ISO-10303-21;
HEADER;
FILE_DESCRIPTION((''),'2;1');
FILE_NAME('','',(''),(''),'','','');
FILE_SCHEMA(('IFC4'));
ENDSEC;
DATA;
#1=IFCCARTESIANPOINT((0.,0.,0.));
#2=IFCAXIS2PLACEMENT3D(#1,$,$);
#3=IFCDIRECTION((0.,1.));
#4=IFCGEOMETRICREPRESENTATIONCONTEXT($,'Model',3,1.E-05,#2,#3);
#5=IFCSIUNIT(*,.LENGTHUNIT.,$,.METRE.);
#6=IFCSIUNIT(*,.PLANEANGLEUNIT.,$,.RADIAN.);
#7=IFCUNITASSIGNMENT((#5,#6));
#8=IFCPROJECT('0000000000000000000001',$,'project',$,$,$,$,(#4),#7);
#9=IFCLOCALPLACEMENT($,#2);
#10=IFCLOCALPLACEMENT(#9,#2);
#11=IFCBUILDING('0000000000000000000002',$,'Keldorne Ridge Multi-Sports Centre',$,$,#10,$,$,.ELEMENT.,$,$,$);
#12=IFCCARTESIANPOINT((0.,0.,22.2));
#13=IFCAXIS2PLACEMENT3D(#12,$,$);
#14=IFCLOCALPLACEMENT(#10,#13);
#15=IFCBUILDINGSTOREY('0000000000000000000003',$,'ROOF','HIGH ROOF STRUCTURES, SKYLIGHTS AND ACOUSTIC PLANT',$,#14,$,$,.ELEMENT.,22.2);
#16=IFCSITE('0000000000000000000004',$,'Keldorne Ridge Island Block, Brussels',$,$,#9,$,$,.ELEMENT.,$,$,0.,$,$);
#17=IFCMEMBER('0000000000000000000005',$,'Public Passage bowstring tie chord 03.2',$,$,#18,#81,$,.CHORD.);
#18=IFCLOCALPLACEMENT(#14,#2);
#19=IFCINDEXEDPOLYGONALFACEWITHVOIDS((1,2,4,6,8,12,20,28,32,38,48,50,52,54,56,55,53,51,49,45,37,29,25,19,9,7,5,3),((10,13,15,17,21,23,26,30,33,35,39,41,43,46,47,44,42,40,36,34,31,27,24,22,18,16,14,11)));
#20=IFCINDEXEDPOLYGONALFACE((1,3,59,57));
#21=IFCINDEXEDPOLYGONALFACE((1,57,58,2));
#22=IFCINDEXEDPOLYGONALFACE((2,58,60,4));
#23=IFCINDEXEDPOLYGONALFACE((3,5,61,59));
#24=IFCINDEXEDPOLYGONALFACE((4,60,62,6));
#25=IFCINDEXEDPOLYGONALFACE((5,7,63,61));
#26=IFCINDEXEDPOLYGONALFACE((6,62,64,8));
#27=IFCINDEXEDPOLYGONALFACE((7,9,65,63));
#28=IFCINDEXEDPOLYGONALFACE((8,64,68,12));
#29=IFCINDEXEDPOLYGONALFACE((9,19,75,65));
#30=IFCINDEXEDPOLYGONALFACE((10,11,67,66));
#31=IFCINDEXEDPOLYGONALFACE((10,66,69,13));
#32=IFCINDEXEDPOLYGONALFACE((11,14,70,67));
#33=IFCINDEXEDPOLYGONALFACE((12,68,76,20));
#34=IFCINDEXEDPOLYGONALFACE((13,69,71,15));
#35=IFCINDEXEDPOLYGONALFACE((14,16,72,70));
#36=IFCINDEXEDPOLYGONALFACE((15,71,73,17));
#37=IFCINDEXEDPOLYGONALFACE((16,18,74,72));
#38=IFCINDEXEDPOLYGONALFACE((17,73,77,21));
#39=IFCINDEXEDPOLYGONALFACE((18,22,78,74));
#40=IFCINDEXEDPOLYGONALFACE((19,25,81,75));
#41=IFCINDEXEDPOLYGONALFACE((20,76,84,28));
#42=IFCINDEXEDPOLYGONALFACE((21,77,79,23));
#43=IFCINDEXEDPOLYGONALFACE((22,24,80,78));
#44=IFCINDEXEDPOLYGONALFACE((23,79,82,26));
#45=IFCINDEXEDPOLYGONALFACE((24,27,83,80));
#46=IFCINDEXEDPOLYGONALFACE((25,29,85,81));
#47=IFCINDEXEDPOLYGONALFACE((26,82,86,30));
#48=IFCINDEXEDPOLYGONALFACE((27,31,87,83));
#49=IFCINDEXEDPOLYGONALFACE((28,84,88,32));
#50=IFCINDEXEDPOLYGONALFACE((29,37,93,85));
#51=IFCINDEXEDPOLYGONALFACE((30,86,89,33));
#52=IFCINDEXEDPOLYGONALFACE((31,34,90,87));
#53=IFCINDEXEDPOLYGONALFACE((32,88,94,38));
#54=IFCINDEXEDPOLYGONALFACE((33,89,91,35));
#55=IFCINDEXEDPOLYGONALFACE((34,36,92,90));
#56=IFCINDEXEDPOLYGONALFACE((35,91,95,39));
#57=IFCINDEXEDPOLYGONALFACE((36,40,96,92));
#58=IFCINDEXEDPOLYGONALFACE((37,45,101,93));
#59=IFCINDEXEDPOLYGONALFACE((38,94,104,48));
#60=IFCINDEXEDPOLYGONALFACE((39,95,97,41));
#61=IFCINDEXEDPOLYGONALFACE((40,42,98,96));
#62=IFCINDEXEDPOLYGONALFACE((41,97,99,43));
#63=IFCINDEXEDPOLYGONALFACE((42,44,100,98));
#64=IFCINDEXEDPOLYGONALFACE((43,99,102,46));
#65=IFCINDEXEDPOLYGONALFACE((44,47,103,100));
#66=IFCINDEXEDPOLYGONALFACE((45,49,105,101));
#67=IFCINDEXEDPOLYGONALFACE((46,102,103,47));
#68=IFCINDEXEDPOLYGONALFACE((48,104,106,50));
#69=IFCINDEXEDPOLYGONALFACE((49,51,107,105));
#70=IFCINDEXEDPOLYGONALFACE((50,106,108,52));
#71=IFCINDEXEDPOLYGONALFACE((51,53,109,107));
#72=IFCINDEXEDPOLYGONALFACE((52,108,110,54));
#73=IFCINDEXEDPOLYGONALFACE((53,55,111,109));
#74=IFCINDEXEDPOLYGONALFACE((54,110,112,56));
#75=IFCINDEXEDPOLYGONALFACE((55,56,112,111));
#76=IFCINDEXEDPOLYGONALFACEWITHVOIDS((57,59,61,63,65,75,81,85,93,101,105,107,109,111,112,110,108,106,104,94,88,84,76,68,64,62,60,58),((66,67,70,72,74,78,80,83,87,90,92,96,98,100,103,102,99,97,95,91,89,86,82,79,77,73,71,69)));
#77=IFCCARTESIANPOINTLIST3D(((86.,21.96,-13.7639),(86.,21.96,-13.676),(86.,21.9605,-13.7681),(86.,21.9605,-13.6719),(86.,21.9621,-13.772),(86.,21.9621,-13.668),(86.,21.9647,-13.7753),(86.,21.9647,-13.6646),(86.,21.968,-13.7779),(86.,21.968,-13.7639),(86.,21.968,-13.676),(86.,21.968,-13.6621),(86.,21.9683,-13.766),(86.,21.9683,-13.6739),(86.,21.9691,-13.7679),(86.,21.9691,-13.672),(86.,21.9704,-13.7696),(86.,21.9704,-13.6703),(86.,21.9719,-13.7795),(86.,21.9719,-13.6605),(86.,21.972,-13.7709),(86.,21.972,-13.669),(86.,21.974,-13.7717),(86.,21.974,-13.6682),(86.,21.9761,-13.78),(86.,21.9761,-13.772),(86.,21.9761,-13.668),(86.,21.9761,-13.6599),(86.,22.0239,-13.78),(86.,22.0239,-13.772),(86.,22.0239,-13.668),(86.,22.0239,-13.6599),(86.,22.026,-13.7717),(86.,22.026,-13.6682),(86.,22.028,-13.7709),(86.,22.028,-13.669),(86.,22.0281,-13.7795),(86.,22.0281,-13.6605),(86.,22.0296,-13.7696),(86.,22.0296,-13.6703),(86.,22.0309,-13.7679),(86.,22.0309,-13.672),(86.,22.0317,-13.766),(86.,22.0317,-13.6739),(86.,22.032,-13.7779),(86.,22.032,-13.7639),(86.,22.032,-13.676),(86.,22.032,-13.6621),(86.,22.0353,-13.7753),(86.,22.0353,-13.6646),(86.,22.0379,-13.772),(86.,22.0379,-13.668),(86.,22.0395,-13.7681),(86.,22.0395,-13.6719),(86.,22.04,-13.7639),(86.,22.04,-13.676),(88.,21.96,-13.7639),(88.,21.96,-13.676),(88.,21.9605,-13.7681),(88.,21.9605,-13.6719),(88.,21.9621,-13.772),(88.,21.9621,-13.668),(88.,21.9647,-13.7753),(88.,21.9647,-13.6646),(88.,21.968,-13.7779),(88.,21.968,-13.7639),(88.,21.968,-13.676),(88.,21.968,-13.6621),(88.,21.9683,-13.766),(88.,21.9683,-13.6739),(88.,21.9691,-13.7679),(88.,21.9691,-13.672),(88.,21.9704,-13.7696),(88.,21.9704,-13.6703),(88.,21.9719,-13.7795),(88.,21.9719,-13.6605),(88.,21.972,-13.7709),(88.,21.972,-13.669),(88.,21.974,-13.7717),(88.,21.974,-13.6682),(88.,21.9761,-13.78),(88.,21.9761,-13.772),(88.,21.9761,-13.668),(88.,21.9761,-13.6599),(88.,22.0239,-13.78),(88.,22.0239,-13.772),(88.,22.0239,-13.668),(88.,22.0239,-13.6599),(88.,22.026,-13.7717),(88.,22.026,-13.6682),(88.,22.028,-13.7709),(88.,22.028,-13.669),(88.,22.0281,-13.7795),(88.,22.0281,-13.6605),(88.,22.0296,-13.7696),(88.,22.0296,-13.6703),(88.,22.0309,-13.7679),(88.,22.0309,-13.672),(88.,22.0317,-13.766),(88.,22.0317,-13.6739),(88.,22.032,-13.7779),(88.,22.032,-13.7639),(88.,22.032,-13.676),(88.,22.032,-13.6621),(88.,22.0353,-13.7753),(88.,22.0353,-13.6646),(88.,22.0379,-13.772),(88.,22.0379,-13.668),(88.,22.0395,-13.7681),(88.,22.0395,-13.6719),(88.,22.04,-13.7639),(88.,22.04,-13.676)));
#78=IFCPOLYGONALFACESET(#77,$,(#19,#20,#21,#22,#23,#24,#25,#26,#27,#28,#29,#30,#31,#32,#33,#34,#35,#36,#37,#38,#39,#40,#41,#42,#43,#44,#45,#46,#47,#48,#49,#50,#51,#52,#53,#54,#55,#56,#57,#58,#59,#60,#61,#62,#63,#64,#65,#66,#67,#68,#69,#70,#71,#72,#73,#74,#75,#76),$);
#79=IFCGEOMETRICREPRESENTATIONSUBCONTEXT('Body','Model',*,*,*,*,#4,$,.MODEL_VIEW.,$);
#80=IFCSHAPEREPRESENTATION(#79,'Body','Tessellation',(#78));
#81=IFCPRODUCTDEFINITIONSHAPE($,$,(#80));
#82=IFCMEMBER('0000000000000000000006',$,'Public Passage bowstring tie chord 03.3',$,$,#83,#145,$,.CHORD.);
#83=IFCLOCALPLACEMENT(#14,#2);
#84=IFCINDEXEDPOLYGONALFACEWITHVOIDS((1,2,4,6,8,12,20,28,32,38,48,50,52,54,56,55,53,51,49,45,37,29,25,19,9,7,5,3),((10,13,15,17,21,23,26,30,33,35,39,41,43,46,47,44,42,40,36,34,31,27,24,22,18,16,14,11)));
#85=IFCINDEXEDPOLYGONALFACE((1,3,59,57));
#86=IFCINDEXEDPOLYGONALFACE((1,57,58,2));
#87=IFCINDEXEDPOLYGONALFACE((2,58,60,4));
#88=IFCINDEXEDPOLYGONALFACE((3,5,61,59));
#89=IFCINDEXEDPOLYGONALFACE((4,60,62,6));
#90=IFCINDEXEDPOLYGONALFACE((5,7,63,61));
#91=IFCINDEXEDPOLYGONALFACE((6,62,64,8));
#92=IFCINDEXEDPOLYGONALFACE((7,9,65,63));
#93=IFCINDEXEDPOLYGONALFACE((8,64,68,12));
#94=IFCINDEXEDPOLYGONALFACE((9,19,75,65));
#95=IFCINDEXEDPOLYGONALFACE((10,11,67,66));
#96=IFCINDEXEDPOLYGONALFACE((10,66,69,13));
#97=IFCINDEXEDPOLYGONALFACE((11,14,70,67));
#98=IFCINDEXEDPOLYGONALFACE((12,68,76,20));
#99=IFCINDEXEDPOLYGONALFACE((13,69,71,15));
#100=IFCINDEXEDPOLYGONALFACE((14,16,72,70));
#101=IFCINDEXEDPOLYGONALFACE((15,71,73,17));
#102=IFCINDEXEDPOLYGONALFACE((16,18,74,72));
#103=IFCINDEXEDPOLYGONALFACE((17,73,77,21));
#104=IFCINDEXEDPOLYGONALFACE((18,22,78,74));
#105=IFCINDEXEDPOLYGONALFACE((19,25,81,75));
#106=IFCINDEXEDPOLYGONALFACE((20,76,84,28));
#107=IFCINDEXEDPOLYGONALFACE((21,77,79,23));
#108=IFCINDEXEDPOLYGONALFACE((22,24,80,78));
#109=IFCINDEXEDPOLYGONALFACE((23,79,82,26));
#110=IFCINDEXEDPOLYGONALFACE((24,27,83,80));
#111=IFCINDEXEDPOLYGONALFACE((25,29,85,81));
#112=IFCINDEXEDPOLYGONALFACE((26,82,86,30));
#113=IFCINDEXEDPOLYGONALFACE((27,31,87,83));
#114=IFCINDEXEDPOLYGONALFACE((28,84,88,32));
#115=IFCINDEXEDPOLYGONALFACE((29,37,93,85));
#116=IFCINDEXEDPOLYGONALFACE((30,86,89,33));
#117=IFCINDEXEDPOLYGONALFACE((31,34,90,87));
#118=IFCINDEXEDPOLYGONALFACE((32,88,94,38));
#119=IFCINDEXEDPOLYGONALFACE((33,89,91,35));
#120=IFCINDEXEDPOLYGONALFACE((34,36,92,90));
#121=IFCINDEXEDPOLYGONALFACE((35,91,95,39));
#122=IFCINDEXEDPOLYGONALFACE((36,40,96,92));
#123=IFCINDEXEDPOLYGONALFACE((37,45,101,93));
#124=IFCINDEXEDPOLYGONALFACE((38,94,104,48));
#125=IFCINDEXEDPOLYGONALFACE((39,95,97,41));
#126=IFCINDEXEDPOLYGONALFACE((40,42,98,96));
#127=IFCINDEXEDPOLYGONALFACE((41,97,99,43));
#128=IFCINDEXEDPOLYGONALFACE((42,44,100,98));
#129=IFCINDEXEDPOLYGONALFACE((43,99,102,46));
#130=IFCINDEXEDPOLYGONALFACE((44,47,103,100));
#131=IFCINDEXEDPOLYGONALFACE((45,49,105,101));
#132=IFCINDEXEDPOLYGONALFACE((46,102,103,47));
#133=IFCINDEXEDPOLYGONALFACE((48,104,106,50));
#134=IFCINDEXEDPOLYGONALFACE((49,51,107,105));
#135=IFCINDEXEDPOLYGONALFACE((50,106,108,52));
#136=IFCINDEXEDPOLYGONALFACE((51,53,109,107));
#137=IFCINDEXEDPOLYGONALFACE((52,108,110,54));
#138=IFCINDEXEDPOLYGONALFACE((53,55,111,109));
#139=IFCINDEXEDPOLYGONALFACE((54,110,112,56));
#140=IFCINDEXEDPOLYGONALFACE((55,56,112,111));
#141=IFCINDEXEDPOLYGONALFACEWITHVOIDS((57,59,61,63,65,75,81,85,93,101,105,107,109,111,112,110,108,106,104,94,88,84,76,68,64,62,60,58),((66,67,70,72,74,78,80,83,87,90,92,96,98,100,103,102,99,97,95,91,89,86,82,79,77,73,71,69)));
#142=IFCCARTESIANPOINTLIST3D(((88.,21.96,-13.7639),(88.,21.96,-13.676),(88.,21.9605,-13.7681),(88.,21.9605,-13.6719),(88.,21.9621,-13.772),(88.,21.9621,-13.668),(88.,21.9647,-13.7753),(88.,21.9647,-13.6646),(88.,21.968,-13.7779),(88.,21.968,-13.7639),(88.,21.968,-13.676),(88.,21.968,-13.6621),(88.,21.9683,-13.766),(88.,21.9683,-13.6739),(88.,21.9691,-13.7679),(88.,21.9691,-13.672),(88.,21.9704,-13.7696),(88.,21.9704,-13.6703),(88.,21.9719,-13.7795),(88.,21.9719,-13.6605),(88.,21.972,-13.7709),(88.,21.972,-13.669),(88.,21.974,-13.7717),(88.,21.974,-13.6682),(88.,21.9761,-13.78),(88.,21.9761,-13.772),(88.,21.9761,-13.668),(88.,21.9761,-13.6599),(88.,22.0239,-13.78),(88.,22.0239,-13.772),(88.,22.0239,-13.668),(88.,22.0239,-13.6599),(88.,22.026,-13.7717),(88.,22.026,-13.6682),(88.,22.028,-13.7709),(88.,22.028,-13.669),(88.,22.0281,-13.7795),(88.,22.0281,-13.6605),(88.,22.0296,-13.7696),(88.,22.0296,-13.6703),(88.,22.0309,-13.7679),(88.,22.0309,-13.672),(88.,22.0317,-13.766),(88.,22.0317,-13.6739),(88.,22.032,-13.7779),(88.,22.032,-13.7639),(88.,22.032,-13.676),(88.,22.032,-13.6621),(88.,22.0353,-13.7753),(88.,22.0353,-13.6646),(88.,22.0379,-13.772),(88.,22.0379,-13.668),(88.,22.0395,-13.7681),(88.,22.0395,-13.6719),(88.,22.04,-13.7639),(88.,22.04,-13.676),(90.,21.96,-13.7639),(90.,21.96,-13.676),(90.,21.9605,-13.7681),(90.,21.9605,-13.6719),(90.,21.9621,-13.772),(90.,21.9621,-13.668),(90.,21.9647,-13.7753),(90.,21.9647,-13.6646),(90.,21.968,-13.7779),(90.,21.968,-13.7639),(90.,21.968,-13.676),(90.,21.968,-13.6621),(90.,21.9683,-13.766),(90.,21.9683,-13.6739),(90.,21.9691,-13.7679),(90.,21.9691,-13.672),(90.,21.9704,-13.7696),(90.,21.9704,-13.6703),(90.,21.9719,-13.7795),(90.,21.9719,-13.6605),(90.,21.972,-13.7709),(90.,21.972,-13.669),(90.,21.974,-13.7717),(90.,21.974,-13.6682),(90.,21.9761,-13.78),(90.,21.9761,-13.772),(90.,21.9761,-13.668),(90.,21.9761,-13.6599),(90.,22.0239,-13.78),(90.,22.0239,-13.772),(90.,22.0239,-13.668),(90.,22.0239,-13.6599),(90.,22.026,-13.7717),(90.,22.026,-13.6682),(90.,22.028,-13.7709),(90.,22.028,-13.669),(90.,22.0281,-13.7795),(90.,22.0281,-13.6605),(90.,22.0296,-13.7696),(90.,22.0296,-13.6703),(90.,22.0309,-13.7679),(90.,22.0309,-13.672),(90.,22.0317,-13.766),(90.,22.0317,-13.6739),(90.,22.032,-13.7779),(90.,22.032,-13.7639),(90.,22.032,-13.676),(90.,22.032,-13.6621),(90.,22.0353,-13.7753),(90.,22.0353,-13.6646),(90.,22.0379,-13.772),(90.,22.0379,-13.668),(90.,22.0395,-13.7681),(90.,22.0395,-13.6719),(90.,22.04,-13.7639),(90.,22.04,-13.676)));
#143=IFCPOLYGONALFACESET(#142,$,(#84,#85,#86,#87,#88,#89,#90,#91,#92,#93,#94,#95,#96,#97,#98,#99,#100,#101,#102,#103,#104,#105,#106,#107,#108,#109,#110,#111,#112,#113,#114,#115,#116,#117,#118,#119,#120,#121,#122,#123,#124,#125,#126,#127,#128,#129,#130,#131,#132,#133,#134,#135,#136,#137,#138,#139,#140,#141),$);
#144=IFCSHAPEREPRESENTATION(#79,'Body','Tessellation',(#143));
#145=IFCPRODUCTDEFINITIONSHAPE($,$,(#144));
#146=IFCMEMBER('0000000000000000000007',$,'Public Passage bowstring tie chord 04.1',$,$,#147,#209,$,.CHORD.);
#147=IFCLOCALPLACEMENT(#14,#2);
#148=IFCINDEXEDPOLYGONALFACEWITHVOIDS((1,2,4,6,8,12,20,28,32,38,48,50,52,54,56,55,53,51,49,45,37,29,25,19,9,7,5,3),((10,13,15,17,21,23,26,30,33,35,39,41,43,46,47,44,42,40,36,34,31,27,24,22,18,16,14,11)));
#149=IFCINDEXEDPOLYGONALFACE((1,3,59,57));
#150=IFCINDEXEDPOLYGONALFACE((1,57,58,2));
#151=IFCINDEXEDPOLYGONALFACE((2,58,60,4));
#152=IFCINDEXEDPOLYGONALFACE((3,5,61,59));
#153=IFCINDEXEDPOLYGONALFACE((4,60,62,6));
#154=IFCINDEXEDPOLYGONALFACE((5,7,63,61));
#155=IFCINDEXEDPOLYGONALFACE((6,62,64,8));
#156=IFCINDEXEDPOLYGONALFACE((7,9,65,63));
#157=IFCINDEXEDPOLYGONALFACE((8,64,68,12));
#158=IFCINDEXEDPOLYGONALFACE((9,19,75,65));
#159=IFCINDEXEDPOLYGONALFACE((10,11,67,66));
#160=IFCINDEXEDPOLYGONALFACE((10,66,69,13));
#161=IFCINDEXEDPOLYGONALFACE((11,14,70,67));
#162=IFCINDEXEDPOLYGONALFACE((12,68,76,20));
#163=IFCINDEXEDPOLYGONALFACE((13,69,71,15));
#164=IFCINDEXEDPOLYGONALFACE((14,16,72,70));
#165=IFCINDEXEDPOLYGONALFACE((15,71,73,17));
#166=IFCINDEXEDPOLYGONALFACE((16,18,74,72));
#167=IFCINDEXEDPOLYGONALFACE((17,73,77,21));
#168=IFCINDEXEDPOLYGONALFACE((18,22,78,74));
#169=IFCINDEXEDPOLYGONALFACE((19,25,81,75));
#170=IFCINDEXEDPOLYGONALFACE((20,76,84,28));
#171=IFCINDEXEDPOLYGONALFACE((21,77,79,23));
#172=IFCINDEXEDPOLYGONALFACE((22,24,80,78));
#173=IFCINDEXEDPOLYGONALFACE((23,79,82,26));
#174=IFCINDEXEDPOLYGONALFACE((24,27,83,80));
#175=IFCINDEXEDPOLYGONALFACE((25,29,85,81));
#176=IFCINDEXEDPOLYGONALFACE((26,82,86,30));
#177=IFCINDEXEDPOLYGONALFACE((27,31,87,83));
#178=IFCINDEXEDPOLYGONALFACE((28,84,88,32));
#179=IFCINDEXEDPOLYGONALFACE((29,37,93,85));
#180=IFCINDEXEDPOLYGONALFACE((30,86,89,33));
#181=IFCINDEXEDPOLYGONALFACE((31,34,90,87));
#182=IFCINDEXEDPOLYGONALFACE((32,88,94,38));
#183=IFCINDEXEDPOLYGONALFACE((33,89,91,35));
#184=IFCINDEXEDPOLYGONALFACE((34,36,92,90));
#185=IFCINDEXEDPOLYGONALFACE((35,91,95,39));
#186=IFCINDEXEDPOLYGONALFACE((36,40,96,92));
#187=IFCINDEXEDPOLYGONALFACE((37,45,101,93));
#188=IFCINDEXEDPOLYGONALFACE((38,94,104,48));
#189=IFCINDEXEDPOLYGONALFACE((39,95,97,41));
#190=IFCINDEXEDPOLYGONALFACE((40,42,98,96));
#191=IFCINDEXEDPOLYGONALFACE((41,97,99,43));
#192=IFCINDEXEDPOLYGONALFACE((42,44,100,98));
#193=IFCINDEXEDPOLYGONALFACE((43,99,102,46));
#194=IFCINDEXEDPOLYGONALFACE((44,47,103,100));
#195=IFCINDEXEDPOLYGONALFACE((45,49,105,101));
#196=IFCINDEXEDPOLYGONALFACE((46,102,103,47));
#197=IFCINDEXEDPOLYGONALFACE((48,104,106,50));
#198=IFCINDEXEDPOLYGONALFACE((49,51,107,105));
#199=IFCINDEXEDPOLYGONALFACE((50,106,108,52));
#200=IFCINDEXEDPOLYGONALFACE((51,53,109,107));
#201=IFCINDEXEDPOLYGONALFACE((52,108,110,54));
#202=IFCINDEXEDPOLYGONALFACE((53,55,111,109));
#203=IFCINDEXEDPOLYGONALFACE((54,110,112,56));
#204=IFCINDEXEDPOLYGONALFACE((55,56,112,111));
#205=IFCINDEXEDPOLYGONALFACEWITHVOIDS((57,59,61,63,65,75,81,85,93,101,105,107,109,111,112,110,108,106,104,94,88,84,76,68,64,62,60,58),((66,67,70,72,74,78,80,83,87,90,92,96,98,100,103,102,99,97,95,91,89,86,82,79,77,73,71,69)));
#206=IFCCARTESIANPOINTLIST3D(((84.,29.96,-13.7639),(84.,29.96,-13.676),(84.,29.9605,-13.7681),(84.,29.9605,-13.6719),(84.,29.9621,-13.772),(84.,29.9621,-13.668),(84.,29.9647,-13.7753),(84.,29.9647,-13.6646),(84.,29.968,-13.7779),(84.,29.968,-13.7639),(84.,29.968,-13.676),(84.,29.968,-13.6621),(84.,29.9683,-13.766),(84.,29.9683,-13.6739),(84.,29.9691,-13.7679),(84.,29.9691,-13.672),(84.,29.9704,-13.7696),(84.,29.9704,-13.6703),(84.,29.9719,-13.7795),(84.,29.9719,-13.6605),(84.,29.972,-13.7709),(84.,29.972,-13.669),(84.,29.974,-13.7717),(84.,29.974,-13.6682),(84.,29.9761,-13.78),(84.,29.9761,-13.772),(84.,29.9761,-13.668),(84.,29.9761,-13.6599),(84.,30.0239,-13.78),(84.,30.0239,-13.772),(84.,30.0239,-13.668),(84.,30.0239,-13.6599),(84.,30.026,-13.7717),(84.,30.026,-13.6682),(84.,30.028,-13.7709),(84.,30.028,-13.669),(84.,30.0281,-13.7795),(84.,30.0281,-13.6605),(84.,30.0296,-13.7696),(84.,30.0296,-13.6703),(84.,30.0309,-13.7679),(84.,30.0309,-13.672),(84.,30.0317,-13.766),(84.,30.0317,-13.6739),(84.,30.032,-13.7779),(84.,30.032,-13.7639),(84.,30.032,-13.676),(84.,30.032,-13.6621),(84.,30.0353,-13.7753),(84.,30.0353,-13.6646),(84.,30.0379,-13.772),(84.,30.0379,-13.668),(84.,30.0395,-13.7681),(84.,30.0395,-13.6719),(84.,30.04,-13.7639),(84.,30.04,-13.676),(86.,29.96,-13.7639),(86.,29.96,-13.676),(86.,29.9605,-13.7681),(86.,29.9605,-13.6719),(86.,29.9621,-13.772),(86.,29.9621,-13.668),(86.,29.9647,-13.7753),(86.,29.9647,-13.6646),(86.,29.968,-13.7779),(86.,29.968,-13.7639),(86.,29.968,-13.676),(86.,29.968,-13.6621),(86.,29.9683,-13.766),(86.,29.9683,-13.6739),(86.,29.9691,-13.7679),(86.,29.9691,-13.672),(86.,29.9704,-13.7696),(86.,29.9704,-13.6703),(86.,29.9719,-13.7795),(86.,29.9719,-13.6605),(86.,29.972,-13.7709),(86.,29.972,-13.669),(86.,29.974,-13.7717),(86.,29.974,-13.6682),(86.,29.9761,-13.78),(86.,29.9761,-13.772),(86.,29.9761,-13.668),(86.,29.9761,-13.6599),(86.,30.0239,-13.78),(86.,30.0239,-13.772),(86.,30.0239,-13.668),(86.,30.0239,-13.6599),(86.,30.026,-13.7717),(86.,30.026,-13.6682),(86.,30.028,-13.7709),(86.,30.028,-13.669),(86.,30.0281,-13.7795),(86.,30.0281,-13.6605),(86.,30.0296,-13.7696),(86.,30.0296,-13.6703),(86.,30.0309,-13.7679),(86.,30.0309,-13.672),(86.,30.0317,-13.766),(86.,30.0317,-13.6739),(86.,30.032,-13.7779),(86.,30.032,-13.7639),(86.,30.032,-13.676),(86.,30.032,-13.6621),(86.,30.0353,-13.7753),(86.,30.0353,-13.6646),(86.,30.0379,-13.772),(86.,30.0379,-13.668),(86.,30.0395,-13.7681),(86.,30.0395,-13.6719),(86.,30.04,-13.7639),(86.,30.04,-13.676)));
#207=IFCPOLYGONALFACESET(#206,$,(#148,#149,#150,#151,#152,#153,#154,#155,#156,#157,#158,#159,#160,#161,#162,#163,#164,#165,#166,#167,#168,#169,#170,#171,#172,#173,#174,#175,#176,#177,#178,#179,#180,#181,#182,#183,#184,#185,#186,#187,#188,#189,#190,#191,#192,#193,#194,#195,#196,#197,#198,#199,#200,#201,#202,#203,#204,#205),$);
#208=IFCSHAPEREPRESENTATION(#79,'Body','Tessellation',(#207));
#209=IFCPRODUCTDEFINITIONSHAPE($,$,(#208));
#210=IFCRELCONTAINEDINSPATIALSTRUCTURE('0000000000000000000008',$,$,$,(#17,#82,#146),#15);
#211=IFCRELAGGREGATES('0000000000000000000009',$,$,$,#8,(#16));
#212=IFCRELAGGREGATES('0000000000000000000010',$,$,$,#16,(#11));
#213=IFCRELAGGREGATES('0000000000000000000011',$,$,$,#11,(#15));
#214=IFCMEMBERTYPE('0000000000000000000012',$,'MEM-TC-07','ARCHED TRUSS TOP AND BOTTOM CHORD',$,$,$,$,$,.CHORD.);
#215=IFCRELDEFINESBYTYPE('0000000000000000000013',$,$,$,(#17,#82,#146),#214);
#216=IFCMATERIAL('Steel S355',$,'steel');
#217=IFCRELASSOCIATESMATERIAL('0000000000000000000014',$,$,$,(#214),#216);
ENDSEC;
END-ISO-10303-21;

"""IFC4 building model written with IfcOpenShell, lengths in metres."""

from ifc_helpers import new_model, si_unit, direction, frame, origin, origin_2d, place, context, subcontext, project, spatial, hollow_rectangle, extrude, material, material_profile, profile_set, type_object, element, save


model = new_model("IFC4")

# Units and contexts
model_context = context("Model", 3, precision=1e-05, world=origin(), true_north=direction((0.0, 1.0)))
body_context = subcontext(model_context, "Body", "Model", "MODEL_VIEW")
ifc_project = project(units=[si_unit("LENGTHUNIT", "METRE"), si_unit("PLANEANGLEUNIT", "RADIAN")], contexts=[model_context])

# Site, building, storey
site_placement = place(None, origin())
site = spatial("IfcSite", under=ifc_project, at=site_placement, Name="Keldorne Ridge Island Block, Brussels", CompositionType="ELEMENT", RefElevation=0.0)
building_placement = place(site_placement, origin())
building = spatial("IfcBuilding", under=site, at=building_placement, Name="Keldorne Ridge Multi-Sports Centre", CompositionType="ELEMENT")
storey_placement = place(building_placement, frame((0.0, 0.0, 22.2)))
storey = spatial("IfcBuildingStorey", under=building, at=storey_placement, Name="ROOF", Description="HIGH ROOF STRUCTURES, SKYLIGHTS AND ACOUSTIC PLANT", CompositionType="ELEMENT", Elevation=22.2)

# Members
ifc_material = material(Name="Steel S355", Category="steel")
ifc_material_profile_1 = material_profile(ifc_material, hollow_rectangle(XDim=0.0801, YDim=0.1201, WallThickness=0.0081, InnerFilletRadius=0.0081, OuterFilletRadius=0.0161, at=origin_2d()), Name="RHS 120x80x8")
ifc_profile_set_1 = profile_set([ifc_material_profile_1], Name="Steel S355")
member_type_1 = type_object("IfcMemberType", Name="MEM-TC-07", Description="ARCHED TRUSS TOP AND BOTTOM CHORD", PredefinedType="CHORD", material=ifc_profile_set_1)
for number, where, z_axis, x_axis, name in (
    (1, (86.0, 22.0, -13.72), (1.0, 0.0, 0.0), (0.0, 1.0, 0.0), "Public Passage bowstring tie chord 03.2"),
    (2, (88.0, 22.0, -13.72), (1.0, 0.0, 0.0), (0.0, 1.0, 0.0), "Public Passage bowstring tie chord 03.3"),
    (3, (84.0, 30.0, -13.72), (1.0, 0.0, 0.0), (0.0, 1.0, 0.0), "Public Passage bowstring tie chord 04.1"),
):
    element("IfcMember", number, at=place(storey_placement, frame(where, z_axis=z_axis, x_axis=x_axis)), inside=storey, type_object=member_type_1, Name=name, PredefinedType="CHORD", context=body_context, shape_type="SweptSolid", body=[
        extrude(hollow_rectangle(XDim=0.0801, YDim=0.1201, WallThickness=0.0081, InnerFilletRadius=0.0081, OuterFilletRadius=0.0161, at=origin_2d()), origin(), (0.0, 0.0, 1.0), 2.0),
    ])

save(model, "model.ifc")
